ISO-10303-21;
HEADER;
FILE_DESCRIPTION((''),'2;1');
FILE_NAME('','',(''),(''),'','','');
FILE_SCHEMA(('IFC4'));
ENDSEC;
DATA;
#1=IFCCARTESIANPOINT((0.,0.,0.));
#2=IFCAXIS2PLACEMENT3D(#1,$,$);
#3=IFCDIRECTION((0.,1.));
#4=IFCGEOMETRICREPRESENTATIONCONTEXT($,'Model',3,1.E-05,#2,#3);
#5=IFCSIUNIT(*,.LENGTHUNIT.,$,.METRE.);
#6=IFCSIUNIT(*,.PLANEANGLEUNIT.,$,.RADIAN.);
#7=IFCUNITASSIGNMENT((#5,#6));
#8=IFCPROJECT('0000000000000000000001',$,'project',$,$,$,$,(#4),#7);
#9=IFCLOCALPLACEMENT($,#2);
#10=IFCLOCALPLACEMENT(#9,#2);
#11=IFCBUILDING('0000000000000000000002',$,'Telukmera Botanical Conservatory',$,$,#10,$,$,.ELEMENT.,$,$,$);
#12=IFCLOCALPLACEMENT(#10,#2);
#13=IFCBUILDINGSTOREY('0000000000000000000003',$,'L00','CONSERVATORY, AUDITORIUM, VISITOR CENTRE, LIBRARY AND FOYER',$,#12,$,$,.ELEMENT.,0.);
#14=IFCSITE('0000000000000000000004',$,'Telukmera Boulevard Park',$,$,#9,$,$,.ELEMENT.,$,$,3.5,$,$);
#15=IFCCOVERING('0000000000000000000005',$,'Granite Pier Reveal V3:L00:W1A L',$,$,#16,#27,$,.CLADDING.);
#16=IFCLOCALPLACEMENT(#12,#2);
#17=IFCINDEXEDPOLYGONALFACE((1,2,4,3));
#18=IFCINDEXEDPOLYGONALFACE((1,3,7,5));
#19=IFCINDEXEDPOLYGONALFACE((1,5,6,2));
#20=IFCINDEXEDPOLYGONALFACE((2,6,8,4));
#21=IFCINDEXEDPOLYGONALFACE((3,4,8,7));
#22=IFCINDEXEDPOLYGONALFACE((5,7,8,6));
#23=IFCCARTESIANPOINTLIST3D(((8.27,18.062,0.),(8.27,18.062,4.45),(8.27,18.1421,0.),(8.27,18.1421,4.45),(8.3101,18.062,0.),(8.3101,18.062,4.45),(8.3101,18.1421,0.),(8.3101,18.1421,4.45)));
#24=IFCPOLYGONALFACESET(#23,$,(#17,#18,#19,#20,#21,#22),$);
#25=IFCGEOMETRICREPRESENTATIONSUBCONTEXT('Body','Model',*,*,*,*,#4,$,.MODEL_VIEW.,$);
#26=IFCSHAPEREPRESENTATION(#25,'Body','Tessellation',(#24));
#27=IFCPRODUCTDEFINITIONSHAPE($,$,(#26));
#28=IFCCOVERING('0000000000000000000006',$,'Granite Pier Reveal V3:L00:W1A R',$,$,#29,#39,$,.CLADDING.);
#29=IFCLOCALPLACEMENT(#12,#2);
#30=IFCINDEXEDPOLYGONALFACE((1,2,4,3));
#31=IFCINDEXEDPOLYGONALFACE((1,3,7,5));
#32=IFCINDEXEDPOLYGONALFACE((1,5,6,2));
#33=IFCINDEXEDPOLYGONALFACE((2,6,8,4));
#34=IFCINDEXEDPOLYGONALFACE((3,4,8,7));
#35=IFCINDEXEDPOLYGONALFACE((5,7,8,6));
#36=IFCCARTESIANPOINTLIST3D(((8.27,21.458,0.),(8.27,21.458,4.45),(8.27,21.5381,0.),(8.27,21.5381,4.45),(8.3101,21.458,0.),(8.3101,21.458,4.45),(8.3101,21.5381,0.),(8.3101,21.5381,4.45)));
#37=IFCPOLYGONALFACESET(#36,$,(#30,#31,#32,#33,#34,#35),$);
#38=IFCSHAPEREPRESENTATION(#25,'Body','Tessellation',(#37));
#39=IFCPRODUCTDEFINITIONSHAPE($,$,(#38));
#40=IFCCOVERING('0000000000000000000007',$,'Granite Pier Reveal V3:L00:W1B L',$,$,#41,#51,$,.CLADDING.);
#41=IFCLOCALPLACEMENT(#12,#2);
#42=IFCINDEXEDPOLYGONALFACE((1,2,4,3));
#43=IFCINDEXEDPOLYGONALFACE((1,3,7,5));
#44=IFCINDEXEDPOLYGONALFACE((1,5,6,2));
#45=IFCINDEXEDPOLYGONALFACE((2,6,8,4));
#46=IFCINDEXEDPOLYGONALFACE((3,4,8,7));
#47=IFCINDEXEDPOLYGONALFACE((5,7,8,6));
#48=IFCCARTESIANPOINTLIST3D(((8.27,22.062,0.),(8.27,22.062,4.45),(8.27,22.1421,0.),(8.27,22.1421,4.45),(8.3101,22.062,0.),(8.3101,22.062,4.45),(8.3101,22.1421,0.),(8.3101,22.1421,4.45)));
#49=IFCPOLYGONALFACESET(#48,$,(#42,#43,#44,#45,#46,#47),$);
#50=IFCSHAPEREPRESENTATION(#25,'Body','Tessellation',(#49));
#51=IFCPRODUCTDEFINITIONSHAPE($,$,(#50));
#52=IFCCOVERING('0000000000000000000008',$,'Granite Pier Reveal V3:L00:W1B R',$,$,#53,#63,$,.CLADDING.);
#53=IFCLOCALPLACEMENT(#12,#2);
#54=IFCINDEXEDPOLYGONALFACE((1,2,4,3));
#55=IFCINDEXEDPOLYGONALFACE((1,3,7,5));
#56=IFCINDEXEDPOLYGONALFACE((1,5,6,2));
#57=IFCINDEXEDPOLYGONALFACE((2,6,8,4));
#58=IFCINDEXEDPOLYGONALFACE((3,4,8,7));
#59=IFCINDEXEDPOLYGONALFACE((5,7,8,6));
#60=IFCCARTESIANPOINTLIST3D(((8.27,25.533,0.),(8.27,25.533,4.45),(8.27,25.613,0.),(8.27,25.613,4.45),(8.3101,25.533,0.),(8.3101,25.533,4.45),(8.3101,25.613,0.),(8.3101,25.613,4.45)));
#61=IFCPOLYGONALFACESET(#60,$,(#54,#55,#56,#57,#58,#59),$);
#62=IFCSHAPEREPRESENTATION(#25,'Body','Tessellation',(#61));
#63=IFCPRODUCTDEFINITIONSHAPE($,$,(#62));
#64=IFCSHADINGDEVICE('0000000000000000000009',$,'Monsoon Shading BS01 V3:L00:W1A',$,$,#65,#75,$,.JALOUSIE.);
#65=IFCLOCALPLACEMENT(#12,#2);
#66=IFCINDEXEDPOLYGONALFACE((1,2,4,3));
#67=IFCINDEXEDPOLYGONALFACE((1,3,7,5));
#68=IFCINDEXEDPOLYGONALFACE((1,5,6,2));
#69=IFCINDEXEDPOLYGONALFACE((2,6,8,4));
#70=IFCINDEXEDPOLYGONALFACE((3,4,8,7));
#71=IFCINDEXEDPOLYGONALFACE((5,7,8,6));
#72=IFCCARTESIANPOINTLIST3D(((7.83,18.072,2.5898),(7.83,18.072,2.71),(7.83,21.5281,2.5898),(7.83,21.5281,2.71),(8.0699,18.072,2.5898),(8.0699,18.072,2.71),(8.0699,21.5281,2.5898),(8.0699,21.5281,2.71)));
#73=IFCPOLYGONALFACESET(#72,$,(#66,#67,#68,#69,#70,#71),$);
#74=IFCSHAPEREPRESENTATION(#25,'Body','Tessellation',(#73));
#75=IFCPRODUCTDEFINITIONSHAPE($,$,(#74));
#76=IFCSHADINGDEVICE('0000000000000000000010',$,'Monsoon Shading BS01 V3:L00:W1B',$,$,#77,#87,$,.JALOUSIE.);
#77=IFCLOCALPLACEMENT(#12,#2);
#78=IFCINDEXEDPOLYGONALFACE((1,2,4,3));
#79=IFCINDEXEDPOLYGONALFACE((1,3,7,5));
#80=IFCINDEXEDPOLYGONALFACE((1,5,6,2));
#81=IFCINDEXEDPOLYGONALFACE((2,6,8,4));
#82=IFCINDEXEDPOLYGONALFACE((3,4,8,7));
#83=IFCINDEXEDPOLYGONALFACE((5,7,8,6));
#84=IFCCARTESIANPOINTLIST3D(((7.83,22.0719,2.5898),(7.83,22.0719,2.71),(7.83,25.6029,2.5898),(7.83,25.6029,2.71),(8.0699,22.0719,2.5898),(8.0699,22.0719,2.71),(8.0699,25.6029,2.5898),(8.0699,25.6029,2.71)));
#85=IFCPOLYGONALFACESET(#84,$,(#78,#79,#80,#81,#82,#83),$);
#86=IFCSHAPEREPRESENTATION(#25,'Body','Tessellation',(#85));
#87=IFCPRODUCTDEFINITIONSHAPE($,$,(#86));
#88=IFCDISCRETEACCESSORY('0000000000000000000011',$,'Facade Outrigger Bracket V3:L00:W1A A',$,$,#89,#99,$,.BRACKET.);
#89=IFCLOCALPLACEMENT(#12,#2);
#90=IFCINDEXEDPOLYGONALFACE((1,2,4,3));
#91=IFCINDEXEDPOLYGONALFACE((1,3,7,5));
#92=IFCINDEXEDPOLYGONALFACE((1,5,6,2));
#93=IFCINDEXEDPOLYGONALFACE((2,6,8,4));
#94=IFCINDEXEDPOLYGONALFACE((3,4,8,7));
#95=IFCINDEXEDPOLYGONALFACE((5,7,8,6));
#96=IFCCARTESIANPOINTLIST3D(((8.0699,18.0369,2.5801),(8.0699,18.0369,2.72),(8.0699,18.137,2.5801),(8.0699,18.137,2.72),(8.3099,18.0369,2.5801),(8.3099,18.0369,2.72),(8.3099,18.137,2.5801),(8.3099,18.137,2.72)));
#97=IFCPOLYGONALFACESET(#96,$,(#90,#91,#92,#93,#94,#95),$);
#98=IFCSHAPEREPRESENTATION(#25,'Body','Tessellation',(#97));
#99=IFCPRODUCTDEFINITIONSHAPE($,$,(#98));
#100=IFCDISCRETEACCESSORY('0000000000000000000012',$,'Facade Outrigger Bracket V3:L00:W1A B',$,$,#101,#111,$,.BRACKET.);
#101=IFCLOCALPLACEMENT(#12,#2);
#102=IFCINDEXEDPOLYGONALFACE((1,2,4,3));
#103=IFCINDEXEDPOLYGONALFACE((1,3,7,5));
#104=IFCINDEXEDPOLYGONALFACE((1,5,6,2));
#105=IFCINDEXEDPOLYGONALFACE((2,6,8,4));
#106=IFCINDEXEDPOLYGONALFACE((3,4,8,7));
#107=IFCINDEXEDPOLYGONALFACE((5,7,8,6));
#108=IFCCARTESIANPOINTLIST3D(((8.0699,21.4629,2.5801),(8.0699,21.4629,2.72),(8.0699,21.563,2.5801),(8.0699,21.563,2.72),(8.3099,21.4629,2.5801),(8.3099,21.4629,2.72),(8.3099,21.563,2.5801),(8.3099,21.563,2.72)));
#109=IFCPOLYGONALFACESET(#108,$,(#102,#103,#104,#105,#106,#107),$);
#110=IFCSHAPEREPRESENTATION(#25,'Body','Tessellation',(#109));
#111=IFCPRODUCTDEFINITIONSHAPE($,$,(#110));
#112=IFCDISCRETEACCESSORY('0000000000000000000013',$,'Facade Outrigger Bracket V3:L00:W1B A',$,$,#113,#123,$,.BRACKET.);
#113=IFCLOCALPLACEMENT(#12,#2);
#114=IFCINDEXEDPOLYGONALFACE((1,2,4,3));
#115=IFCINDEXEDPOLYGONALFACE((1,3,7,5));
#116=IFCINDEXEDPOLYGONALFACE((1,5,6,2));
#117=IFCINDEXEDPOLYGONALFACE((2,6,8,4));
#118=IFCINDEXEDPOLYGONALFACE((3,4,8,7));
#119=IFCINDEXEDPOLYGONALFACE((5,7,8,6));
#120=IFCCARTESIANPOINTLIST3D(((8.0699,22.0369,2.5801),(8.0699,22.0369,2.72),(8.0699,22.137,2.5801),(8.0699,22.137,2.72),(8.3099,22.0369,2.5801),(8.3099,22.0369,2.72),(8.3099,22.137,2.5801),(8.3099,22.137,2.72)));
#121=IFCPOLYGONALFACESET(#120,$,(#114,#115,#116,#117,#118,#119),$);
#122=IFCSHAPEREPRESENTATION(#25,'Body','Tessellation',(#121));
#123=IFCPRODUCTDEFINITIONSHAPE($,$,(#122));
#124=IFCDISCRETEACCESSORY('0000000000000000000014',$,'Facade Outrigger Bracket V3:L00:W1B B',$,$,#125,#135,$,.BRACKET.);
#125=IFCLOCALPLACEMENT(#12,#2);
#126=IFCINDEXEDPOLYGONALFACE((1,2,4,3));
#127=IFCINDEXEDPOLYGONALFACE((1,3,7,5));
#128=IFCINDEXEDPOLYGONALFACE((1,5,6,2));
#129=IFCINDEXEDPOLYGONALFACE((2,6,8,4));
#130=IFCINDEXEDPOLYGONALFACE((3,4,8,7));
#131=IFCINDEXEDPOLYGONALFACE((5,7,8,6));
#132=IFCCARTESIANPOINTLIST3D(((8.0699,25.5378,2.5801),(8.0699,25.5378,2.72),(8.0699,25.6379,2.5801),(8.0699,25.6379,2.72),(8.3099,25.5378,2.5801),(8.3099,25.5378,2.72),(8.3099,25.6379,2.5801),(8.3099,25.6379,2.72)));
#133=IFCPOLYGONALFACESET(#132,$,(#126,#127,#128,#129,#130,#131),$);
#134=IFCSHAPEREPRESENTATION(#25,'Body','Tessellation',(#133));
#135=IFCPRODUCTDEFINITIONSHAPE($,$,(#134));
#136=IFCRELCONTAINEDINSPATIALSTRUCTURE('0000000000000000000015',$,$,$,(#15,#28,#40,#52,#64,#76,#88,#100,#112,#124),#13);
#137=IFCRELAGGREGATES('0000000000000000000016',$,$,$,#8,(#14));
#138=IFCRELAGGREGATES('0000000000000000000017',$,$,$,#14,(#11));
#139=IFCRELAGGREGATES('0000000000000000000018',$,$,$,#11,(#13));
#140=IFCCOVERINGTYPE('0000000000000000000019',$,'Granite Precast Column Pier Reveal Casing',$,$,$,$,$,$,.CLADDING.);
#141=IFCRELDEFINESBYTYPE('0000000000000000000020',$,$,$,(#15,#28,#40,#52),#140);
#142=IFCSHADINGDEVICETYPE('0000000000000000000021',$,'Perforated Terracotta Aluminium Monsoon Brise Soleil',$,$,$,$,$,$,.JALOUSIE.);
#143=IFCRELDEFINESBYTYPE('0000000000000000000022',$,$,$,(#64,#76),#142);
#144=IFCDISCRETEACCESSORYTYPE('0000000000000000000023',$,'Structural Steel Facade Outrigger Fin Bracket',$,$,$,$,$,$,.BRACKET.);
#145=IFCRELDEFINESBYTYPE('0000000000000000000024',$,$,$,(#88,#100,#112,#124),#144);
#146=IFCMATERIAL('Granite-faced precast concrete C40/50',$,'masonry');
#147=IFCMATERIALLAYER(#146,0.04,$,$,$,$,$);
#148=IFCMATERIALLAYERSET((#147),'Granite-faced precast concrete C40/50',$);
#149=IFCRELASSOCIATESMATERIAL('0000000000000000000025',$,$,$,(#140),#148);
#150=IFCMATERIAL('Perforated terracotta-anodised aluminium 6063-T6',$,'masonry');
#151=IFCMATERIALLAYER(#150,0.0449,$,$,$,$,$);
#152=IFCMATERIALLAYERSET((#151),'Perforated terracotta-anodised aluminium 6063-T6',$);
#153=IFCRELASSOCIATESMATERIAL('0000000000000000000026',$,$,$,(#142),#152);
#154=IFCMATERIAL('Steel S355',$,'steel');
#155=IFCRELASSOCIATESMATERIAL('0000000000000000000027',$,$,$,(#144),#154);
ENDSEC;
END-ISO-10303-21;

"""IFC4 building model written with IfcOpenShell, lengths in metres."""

from ifc_helpers import new_model, si_unit, direction, frame, origin, origin_2d, place, context, subcontext, project, spatial, rectangle, extrude, material, layer, layer_set, type_object, element, save


model = new_model("IFC4")

# Units and contexts
model_context = context("Model", 3, precision=1e-05, world=origin(), true_north=direction((0.0, 1.0)))
body_context = subcontext(model_context, "Body", "Model", "MODEL_VIEW")
ifc_project = project(units=[si_unit("LENGTHUNIT", "METRE"), si_unit("PLANEANGLEUNIT", "RADIAN")], contexts=[model_context])

# Site, building, storey
site_placement = place(None, origin())
site = spatial("IfcSite", under=ifc_project, at=site_placement, Name="Telukmera Boulevard Park", CompositionType="ELEMENT", RefElevation=3.5)
building_placement = place(site_placement, origin())
building = spatial("IfcBuilding", under=site, at=building_placement, Name="Telukmera Botanical Conservatory", CompositionType="ELEMENT")
storey_placement = place(building_placement, origin())
storey = spatial("IfcBuildingStorey", under=building, at=storey_placement, Name="L00", Description="CONSERVATORY, AUDITORIUM, VISITOR CENTRE, LIBRARY AND FOYER", CompositionType="ELEMENT", Elevation=0.0)

# Coverings
ifc_material_1 = material(Name="Granite-faced precast concrete C40/50", Category="masonry")
ifc_layer_1 = layer(ifc_material_1, 0.04)
ifc_layer_set_1 = layer_set([ifc_layer_1], Name="Granite-faced precast concrete C40/50")
covering_type = type_object("IfcCoveringType", Name="Granite Precast Column Pier Reveal Casing", PredefinedType="CLADDING", material=ifc_layer_set_1)
for number, where, z_axis, x_axis, name in (
    (1, (8.29, 18.1021, 0.0), (0.0, 0.0, 1.0), (0.0, 1.0, 0.0), "Granite Pier Reveal V3:L00:W1A L"),
    (2, (8.29, 21.498, 0.0), (0.0, 0.0, 1.0), (0.0, 1.0, 0.0), "Granite Pier Reveal V3:L00:W1A R"),
    (3, (8.29, 22.1021, 0.0), (0.0, 0.0, 1.0), (0.0, 1.0, 0.0), "Granite Pier Reveal V3:L00:W1B L"),
    (4, (8.29, 25.573, 0.0), (0.0, 0.0, 1.0), (0.0, 1.0, 0.0), "Granite Pier Reveal V3:L00:W1B R"),
):
    element("IfcCovering", number, at=place(storey_placement, frame(where, z_axis=z_axis, x_axis=x_axis)), inside=storey, type_object=covering_type, Name=name, PredefinedType="CLADDING", context=body_context, shape_type="SweptSolid", body=[
        extrude(rectangle(XDim=0.0801, YDim=0.04, at=origin_2d()), origin(), (0.0, 0.0, 1.0), 4.45),
    ])

# Shading devices
ifc_material_2 = material(Name="Perforated terracotta-anodised aluminium 6063-T6", Category="masonry")
ifc_layer_2 = layer(ifc_material_2, 0.0449)
ifc_layer_set_2 = layer_set([ifc_layer_2], Name="Perforated terracotta-anodised aluminium 6063-T6")
shading_device_type = type_object("IfcShadingDeviceType", Name="Perforated Terracotta Aluminium Monsoon Brise Soleil", PredefinedType="JALOUSIE", material=ifc_layer_set_2)
shading_device_1_placement = place(storey_placement, frame((7.95, 19.8, 2.5898), z_axis=(0.0, 0.0, 1.0), x_axis=(0.0, 1.0, 0.0)))
element("IfcShadingDevice", 5, at=shading_device_1_placement, inside=storey, type_object=shading_device_type, Name="Monsoon Shading BS01 V3:L00:W1A", PredefinedType="JALOUSIE", context=body_context, shape_type="SweptSolid", body=[
    extrude(rectangle(XDim=3.4561, YDim=0.24, at=origin_2d()), origin(), (0.0, 0.0, 1.0), 0.1201),
])
shading_device_2_placement = place(storey_placement, frame((7.95, 23.8374, 2.5898), z_axis=(0.0, 0.0, 1.0), x_axis=(0.0, 1.0, 0.0)))
element("IfcShadingDevice", 6, at=shading_device_2_placement, inside=storey, type_object=shading_device_type, Name="Monsoon Shading BS01 V3:L00:W1B", PredefinedType="JALOUSIE", context=body_context, shape_type="SweptSolid", body=[
    extrude(rectangle(XDim=3.531, YDim=0.24, at=origin_2d()), origin(), (0.0, 0.0, 1.0), 0.1201),
])

# Discrete accessories
ifc_material_3 = material(Name="Steel S355", Category="steel")
discrete_accessory_type = type_object("IfcDiscreteAccessoryType", Name="Structural Steel Facade Outrigger Fin Bracket", PredefinedType="BRACKET", material=ifc_material_3)
for number, where, z_axis, x_axis, name in (
    (7, (8.1899, 18.0869, 2.5801), (0.0, 0.0, 1.0), (0.0, 1.0, 0.0), "Facade Outrigger Bracket V3:L00:W1A A"),
    (8, (8.1899, 21.5129, 2.5801), (0.0, 0.0, 1.0), (0.0, 1.0, 0.0), "Facade Outrigger Bracket V3:L00:W1A B"),
    (9, (8.1899, 22.0869, 2.5801), (0.0, 0.0, 1.0), (0.0, 1.0, 0.0), "Facade Outrigger Bracket V3:L00:W1B A"),
    (10, (8.1899, 25.5879, 2.5801), (0.0, 0.0, 1.0), (0.0, 1.0, 0.0), "Facade Outrigger Bracket V3:L00:W1B B"),
):
    element("IfcDiscreteAccessory", number, at=place(storey_placement, frame(where, z_axis=z_axis, x_axis=x_axis)), inside=storey, type_object=discrete_accessory_type, Name=name, PredefinedType="BRACKET", context=body_context, shape_type="SweptSolid", body=[
        extrude(rectangle(XDim=0.1001, YDim=0.24, at=origin_2d()), origin(), (0.0, 0.0, 1.0), 0.1399),
    ])

save(model, "model.ifc")
